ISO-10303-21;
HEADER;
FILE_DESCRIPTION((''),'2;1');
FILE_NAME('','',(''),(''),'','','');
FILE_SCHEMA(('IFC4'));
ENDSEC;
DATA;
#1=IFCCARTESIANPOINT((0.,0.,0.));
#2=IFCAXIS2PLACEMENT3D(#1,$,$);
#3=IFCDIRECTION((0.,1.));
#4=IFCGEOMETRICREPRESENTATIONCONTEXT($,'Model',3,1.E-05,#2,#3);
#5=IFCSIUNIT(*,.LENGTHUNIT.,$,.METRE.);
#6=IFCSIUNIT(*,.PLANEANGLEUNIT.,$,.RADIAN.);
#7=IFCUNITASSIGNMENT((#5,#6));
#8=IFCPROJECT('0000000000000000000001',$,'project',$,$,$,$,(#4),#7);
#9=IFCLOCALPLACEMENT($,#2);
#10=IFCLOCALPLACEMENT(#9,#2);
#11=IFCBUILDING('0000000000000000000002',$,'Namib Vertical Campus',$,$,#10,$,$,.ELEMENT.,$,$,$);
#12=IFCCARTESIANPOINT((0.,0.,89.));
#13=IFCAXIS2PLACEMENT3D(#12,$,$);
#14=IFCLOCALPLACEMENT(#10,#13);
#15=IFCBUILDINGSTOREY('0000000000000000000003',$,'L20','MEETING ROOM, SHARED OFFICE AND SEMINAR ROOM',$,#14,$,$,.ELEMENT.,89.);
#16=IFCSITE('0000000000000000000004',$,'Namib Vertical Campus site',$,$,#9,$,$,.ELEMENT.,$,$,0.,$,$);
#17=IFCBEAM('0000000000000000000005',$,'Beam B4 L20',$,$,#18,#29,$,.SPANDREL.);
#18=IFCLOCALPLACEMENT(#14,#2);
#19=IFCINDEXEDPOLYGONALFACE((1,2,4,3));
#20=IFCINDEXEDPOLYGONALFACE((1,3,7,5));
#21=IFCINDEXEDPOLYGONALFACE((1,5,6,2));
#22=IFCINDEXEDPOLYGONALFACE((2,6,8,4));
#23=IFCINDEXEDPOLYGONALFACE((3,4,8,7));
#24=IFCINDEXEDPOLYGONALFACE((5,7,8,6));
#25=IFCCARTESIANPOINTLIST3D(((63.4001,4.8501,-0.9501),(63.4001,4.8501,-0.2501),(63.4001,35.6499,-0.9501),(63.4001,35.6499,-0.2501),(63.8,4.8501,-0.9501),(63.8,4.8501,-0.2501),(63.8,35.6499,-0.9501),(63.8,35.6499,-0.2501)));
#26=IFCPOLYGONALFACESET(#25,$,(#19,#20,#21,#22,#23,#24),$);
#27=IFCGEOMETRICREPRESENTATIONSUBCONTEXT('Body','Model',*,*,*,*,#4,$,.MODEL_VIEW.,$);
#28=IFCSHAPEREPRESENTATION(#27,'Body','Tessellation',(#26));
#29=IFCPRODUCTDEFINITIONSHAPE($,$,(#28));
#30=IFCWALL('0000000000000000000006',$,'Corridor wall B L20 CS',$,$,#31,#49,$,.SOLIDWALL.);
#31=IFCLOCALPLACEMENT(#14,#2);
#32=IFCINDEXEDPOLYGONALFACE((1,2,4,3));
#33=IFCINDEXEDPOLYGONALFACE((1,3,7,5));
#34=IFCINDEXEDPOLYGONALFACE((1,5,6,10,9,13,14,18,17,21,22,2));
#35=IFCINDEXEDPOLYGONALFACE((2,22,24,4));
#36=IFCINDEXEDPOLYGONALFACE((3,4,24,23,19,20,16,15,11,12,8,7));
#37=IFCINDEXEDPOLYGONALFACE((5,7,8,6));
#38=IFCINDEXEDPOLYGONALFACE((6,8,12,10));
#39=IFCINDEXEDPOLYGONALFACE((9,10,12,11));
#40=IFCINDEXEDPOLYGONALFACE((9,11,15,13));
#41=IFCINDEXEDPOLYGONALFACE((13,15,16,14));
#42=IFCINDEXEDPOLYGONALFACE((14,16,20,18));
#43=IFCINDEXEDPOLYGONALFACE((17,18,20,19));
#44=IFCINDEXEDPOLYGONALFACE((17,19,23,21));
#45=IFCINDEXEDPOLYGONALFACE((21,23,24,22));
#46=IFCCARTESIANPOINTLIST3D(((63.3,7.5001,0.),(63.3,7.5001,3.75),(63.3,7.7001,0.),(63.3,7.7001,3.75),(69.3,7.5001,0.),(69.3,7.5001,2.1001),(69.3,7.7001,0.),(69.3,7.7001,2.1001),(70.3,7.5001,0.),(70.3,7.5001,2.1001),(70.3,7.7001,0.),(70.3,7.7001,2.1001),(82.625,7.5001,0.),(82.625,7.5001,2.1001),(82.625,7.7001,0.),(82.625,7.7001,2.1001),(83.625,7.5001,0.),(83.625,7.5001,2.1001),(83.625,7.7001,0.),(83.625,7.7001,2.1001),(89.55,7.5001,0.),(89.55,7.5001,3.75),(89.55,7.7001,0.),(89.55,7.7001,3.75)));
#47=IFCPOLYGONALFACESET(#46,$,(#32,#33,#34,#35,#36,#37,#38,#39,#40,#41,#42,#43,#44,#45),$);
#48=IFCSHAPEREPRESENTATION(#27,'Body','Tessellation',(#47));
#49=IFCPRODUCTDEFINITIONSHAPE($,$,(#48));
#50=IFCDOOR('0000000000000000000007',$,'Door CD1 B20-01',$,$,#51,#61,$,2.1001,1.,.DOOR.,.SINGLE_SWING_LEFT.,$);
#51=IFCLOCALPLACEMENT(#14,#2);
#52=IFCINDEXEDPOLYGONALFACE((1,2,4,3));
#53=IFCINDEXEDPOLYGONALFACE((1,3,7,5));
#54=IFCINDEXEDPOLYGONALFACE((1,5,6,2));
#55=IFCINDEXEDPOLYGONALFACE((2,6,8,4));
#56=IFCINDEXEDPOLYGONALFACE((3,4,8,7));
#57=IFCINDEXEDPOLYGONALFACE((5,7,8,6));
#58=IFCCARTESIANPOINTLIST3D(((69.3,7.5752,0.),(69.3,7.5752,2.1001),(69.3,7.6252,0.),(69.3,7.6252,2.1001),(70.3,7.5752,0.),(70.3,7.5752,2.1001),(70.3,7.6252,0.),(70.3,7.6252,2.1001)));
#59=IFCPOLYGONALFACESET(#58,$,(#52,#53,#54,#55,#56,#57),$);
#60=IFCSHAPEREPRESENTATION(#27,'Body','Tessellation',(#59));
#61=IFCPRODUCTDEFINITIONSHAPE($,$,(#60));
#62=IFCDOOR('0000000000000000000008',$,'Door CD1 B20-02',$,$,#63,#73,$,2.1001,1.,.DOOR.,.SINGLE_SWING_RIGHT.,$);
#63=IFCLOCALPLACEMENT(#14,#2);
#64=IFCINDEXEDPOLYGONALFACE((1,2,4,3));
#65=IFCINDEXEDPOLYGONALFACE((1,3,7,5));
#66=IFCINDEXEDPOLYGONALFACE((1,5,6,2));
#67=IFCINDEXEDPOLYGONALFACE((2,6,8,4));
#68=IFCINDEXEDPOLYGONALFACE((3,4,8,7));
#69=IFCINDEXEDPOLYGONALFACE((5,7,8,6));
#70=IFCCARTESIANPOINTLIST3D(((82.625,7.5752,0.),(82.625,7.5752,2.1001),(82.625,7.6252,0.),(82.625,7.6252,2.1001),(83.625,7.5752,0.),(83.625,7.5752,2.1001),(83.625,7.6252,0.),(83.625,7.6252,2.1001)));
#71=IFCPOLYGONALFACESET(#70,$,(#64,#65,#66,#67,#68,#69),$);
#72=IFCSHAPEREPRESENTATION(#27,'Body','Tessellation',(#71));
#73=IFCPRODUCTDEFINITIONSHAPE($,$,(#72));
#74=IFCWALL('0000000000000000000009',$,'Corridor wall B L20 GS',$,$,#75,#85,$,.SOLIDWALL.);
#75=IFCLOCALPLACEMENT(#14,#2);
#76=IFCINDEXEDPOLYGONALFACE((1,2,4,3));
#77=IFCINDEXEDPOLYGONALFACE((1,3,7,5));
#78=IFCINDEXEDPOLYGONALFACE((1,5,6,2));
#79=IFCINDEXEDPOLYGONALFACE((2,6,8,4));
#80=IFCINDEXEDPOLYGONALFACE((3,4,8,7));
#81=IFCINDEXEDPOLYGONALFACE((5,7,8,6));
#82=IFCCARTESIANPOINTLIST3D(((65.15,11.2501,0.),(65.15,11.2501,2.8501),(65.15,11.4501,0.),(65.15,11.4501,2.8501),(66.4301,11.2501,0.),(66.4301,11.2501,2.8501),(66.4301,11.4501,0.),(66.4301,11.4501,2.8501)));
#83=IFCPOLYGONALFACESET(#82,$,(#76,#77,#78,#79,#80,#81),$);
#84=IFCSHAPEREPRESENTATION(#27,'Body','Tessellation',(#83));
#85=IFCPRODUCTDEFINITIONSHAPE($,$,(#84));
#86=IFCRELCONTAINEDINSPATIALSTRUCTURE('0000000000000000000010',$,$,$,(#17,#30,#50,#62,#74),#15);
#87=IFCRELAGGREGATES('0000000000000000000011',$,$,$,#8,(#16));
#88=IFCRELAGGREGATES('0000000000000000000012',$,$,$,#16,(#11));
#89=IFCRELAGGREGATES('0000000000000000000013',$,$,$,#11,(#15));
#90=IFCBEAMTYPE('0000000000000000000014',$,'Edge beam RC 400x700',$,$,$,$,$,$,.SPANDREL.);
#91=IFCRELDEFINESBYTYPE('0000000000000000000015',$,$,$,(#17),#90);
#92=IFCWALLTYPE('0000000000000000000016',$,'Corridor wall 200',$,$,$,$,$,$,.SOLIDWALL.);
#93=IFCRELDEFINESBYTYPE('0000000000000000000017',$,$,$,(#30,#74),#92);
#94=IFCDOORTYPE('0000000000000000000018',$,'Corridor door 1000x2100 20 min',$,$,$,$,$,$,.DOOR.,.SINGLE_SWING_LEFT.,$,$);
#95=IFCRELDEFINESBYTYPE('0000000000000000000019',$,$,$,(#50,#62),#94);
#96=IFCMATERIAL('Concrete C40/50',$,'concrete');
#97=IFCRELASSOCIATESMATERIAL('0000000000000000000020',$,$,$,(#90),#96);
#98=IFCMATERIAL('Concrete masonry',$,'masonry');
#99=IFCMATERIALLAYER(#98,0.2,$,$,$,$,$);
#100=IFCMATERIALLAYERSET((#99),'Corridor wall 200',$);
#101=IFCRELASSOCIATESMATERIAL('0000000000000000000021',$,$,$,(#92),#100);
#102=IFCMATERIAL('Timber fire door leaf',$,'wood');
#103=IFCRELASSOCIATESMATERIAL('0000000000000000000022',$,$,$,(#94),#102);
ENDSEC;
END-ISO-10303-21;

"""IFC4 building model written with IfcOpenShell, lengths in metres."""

from ifc_helpers import new_model, si_unit, direction, frame, frame_2d, origin, origin_2d, place, context, subcontext, project, spatial, rectangle, extrude, material, layer, layer_set, material_profile, profile_set, type_object, element, fill, save


model = new_model("IFC4")

# Units and contexts
model_context = context("Model", 3, precision=1e-05, world=origin(), true_north=direction((0.0, 1.0)))
body_context = subcontext(model_context, "Body", "Model", "MODEL_VIEW")
ifc_project = project(units=[si_unit("LENGTHUNIT", "METRE"), si_unit("PLANEANGLEUNIT", "RADIAN")], contexts=[model_context])

# Site, building, storey
site_placement = place(None, origin())
site = spatial("IfcSite", under=ifc_project, at=site_placement, Name="Namib Vertical Campus site", CompositionType="ELEMENT", RefElevation=0.0)
building_placement = place(site_placement, origin())
building = spatial("IfcBuilding", under=site, at=building_placement, Name="Namib Vertical Campus", CompositionType="ELEMENT")
storey_placement = place(building_placement, frame((0.0, 0.0, 89.0)))
storey = spatial("IfcBuildingStorey", under=building, at=storey_placement, Name="L20", Description="MEETING ROOM, SHARED OFFICE AND SEMINAR ROOM", CompositionType="ELEMENT", Elevation=89.0)

# Beam
ifc_material_1 = material(Name="Concrete C40/50", Category="concrete")
ifc_material_profile = material_profile(ifc_material_1, rectangle(XDim=0.3999, YDim=0.7, at=origin_2d()))
ifc_profile_set = profile_set([ifc_material_profile], Name="Concrete C40/50")
beam_type = type_object("IfcBeamType", Name="Edge beam RC 400x700", PredefinedType="SPANDREL", material=ifc_profile_set)
beam_placement = place(storey_placement, frame((63.6001, 4.8501, -0.6001), z_axis=(0.0, 1.0, 0.0), x_axis=(-1.0, 0.0, 0.0)))
element("IfcBeam", 1, at=beam_placement, inside=storey, type_object=beam_type, Name="Beam B4 L20", PredefinedType="SPANDREL", context=body_context, shape_type="SweptSolid", body=[
    extrude(rectangle(XDim=0.3999, YDim=0.7, at=origin_2d()), origin(), (0.0, 0.0, 1.0), 30.7998),
])

# Wall, openings, doors
ifc_material_2 = material(Name="Concrete masonry", Category="masonry")
ifc_layer_1 = layer(ifc_material_2, 0.2)
ifc_layer_set_1 = layer_set([ifc_layer_1], Name="Corridor wall 200")
wall_type_1 = type_object("IfcWallType", Name="Corridor wall 200", PredefinedType="SOLIDWALL", material=ifc_layer_set_1)
wall_1_placement = place(storey_placement, frame((63.3, 7.6001, 0.0), z_axis=(0.0, 0.0, 1.0), x_axis=(1.0, 0.0, 0.0)))
wall_1 = element("IfcWall", 2, at=wall_1_placement, inside=storey, type_object=wall_type_1, Name="Corridor wall B L20 CS", PredefinedType="SOLIDWALL", context=body_context, shape_type="SweptSolid", body=[
    extrude(rectangle(XDim=26.25, YDim=0.2, at=frame_2d((13.125, 0.0))), origin(), (0.0, 0.0, 1.0), 3.75),
])
opening_1_placement = place(wall_1_placement, frame((6.0, 0.0, 0.0)))
opening_1 = element("IfcOpeningElement", 3, at=opening_1_placement, cuts=wall_1, PredefinedType="OPENING", context=body_context, shape_type="SweptSolid", body=[
    extrude(rectangle(XDim=1.0, YDim=2.1001, at=frame_2d((0.5, 1.05))), frame((0.0, 0.1099, 0.0), z_axis=(0.0, -1.0, 0.0), x_axis=(1.0, 0.0, 0.0)), (0.0, 0.0, 1.0), 0.22),
])
opening_2_placement = place(wall_1_placement, frame((19.325, 0.0, 0.0)))
opening_2 = element("IfcOpeningElement", 4, at=opening_2_placement, cuts=wall_1, PredefinedType="OPENING", context=body_context, shape_type="SweptSolid", body=[
    extrude(rectangle(XDim=1.0, YDim=2.1001, at=frame_2d((0.5, 1.05))), frame((0.0, 0.1099, 0.0), z_axis=(0.0, -1.0, 0.0), x_axis=(1.0, 0.0, 0.0)), (0.0, 0.0, 1.0), 0.22),
])
ifc_material_3 = material(Name="Timber fire door leaf", Category="wood")
door_type = type_object("IfcDoorType", Name="Corridor door 1000x2100 20 min", OperationType="SINGLE_SWING_LEFT", PredefinedType="DOOR", material=ifc_material_3)
door_1_placement = place(opening_1_placement, frame((1.0, 0.0, 0.0), z_axis=(0.0, 0.0, 1.0), x_axis=(-1.0, 0.0, 0.0)))
door_1 = element("IfcDoor", 5, at=door_1_placement, inside=storey, type_object=door_type, Name="Door CD1 B20-01", OperationType="SINGLE_SWING_LEFT", OverallHeight=2.1001, OverallWidth=1.0, PredefinedType="DOOR", context=body_context, shape_type="SweptSolid", body=[
    extrude(rectangle(XDim=1.0, YDim=2.1001, at=frame_2d((0.5, 1.05))), frame((0.0, 0.0249, 0.0), z_axis=(0.0, -1.0, 0.0), x_axis=(1.0, 0.0, 0.0)), (0.0, 0.0, 1.0), 0.05),
])
fill(opening_1, door_1)
door_2_placement = place(opening_2_placement, frame((1.0, 0.0, 0.0), z_axis=(0.0, 0.0, 1.0), x_axis=(-1.0, 0.0, 0.0)))
door_2 = element("IfcDoor", 6, at=door_2_placement, inside=storey, type_object=door_type, Name="Door CD1 B20-02", OperationType="SINGLE_SWING_RIGHT", OverallHeight=2.1001, OverallWidth=1.0, PredefinedType="DOOR", context=body_context, shape_type="SweptSolid", body=[
    extrude(rectangle(XDim=1.0, YDim=2.1001, at=frame_2d((0.5, 1.05))), frame((0.0, 0.0249, 0.0), z_axis=(0.0, -1.0, 0.0), x_axis=(1.0, 0.0, 0.0)), (0.0, 0.0, 1.0), 0.05),
])
fill(opening_2, door_2)

# Wall
wall_2_placement = place(storey_placement, frame((65.1499, 11.3501, 0.0), z_axis=(0.0, 0.0, 1.0), x_axis=(1.0, 0.0, 0.0)))
element("IfcWall", 7, at=wall_2_placement, inside=storey, type_object=wall_type_1, Name="Corridor wall B L20 GS", PredefinedType="SOLIDWALL", context=body_context, shape_type="SweptSolid", body=[
    extrude(rectangle(XDim=1.28, YDim=0.2, at=frame_2d((0.6401, 0.0))), origin(), (0.0, 0.0, 1.0), 2.8501),
])

save(model, "model.ifc")
